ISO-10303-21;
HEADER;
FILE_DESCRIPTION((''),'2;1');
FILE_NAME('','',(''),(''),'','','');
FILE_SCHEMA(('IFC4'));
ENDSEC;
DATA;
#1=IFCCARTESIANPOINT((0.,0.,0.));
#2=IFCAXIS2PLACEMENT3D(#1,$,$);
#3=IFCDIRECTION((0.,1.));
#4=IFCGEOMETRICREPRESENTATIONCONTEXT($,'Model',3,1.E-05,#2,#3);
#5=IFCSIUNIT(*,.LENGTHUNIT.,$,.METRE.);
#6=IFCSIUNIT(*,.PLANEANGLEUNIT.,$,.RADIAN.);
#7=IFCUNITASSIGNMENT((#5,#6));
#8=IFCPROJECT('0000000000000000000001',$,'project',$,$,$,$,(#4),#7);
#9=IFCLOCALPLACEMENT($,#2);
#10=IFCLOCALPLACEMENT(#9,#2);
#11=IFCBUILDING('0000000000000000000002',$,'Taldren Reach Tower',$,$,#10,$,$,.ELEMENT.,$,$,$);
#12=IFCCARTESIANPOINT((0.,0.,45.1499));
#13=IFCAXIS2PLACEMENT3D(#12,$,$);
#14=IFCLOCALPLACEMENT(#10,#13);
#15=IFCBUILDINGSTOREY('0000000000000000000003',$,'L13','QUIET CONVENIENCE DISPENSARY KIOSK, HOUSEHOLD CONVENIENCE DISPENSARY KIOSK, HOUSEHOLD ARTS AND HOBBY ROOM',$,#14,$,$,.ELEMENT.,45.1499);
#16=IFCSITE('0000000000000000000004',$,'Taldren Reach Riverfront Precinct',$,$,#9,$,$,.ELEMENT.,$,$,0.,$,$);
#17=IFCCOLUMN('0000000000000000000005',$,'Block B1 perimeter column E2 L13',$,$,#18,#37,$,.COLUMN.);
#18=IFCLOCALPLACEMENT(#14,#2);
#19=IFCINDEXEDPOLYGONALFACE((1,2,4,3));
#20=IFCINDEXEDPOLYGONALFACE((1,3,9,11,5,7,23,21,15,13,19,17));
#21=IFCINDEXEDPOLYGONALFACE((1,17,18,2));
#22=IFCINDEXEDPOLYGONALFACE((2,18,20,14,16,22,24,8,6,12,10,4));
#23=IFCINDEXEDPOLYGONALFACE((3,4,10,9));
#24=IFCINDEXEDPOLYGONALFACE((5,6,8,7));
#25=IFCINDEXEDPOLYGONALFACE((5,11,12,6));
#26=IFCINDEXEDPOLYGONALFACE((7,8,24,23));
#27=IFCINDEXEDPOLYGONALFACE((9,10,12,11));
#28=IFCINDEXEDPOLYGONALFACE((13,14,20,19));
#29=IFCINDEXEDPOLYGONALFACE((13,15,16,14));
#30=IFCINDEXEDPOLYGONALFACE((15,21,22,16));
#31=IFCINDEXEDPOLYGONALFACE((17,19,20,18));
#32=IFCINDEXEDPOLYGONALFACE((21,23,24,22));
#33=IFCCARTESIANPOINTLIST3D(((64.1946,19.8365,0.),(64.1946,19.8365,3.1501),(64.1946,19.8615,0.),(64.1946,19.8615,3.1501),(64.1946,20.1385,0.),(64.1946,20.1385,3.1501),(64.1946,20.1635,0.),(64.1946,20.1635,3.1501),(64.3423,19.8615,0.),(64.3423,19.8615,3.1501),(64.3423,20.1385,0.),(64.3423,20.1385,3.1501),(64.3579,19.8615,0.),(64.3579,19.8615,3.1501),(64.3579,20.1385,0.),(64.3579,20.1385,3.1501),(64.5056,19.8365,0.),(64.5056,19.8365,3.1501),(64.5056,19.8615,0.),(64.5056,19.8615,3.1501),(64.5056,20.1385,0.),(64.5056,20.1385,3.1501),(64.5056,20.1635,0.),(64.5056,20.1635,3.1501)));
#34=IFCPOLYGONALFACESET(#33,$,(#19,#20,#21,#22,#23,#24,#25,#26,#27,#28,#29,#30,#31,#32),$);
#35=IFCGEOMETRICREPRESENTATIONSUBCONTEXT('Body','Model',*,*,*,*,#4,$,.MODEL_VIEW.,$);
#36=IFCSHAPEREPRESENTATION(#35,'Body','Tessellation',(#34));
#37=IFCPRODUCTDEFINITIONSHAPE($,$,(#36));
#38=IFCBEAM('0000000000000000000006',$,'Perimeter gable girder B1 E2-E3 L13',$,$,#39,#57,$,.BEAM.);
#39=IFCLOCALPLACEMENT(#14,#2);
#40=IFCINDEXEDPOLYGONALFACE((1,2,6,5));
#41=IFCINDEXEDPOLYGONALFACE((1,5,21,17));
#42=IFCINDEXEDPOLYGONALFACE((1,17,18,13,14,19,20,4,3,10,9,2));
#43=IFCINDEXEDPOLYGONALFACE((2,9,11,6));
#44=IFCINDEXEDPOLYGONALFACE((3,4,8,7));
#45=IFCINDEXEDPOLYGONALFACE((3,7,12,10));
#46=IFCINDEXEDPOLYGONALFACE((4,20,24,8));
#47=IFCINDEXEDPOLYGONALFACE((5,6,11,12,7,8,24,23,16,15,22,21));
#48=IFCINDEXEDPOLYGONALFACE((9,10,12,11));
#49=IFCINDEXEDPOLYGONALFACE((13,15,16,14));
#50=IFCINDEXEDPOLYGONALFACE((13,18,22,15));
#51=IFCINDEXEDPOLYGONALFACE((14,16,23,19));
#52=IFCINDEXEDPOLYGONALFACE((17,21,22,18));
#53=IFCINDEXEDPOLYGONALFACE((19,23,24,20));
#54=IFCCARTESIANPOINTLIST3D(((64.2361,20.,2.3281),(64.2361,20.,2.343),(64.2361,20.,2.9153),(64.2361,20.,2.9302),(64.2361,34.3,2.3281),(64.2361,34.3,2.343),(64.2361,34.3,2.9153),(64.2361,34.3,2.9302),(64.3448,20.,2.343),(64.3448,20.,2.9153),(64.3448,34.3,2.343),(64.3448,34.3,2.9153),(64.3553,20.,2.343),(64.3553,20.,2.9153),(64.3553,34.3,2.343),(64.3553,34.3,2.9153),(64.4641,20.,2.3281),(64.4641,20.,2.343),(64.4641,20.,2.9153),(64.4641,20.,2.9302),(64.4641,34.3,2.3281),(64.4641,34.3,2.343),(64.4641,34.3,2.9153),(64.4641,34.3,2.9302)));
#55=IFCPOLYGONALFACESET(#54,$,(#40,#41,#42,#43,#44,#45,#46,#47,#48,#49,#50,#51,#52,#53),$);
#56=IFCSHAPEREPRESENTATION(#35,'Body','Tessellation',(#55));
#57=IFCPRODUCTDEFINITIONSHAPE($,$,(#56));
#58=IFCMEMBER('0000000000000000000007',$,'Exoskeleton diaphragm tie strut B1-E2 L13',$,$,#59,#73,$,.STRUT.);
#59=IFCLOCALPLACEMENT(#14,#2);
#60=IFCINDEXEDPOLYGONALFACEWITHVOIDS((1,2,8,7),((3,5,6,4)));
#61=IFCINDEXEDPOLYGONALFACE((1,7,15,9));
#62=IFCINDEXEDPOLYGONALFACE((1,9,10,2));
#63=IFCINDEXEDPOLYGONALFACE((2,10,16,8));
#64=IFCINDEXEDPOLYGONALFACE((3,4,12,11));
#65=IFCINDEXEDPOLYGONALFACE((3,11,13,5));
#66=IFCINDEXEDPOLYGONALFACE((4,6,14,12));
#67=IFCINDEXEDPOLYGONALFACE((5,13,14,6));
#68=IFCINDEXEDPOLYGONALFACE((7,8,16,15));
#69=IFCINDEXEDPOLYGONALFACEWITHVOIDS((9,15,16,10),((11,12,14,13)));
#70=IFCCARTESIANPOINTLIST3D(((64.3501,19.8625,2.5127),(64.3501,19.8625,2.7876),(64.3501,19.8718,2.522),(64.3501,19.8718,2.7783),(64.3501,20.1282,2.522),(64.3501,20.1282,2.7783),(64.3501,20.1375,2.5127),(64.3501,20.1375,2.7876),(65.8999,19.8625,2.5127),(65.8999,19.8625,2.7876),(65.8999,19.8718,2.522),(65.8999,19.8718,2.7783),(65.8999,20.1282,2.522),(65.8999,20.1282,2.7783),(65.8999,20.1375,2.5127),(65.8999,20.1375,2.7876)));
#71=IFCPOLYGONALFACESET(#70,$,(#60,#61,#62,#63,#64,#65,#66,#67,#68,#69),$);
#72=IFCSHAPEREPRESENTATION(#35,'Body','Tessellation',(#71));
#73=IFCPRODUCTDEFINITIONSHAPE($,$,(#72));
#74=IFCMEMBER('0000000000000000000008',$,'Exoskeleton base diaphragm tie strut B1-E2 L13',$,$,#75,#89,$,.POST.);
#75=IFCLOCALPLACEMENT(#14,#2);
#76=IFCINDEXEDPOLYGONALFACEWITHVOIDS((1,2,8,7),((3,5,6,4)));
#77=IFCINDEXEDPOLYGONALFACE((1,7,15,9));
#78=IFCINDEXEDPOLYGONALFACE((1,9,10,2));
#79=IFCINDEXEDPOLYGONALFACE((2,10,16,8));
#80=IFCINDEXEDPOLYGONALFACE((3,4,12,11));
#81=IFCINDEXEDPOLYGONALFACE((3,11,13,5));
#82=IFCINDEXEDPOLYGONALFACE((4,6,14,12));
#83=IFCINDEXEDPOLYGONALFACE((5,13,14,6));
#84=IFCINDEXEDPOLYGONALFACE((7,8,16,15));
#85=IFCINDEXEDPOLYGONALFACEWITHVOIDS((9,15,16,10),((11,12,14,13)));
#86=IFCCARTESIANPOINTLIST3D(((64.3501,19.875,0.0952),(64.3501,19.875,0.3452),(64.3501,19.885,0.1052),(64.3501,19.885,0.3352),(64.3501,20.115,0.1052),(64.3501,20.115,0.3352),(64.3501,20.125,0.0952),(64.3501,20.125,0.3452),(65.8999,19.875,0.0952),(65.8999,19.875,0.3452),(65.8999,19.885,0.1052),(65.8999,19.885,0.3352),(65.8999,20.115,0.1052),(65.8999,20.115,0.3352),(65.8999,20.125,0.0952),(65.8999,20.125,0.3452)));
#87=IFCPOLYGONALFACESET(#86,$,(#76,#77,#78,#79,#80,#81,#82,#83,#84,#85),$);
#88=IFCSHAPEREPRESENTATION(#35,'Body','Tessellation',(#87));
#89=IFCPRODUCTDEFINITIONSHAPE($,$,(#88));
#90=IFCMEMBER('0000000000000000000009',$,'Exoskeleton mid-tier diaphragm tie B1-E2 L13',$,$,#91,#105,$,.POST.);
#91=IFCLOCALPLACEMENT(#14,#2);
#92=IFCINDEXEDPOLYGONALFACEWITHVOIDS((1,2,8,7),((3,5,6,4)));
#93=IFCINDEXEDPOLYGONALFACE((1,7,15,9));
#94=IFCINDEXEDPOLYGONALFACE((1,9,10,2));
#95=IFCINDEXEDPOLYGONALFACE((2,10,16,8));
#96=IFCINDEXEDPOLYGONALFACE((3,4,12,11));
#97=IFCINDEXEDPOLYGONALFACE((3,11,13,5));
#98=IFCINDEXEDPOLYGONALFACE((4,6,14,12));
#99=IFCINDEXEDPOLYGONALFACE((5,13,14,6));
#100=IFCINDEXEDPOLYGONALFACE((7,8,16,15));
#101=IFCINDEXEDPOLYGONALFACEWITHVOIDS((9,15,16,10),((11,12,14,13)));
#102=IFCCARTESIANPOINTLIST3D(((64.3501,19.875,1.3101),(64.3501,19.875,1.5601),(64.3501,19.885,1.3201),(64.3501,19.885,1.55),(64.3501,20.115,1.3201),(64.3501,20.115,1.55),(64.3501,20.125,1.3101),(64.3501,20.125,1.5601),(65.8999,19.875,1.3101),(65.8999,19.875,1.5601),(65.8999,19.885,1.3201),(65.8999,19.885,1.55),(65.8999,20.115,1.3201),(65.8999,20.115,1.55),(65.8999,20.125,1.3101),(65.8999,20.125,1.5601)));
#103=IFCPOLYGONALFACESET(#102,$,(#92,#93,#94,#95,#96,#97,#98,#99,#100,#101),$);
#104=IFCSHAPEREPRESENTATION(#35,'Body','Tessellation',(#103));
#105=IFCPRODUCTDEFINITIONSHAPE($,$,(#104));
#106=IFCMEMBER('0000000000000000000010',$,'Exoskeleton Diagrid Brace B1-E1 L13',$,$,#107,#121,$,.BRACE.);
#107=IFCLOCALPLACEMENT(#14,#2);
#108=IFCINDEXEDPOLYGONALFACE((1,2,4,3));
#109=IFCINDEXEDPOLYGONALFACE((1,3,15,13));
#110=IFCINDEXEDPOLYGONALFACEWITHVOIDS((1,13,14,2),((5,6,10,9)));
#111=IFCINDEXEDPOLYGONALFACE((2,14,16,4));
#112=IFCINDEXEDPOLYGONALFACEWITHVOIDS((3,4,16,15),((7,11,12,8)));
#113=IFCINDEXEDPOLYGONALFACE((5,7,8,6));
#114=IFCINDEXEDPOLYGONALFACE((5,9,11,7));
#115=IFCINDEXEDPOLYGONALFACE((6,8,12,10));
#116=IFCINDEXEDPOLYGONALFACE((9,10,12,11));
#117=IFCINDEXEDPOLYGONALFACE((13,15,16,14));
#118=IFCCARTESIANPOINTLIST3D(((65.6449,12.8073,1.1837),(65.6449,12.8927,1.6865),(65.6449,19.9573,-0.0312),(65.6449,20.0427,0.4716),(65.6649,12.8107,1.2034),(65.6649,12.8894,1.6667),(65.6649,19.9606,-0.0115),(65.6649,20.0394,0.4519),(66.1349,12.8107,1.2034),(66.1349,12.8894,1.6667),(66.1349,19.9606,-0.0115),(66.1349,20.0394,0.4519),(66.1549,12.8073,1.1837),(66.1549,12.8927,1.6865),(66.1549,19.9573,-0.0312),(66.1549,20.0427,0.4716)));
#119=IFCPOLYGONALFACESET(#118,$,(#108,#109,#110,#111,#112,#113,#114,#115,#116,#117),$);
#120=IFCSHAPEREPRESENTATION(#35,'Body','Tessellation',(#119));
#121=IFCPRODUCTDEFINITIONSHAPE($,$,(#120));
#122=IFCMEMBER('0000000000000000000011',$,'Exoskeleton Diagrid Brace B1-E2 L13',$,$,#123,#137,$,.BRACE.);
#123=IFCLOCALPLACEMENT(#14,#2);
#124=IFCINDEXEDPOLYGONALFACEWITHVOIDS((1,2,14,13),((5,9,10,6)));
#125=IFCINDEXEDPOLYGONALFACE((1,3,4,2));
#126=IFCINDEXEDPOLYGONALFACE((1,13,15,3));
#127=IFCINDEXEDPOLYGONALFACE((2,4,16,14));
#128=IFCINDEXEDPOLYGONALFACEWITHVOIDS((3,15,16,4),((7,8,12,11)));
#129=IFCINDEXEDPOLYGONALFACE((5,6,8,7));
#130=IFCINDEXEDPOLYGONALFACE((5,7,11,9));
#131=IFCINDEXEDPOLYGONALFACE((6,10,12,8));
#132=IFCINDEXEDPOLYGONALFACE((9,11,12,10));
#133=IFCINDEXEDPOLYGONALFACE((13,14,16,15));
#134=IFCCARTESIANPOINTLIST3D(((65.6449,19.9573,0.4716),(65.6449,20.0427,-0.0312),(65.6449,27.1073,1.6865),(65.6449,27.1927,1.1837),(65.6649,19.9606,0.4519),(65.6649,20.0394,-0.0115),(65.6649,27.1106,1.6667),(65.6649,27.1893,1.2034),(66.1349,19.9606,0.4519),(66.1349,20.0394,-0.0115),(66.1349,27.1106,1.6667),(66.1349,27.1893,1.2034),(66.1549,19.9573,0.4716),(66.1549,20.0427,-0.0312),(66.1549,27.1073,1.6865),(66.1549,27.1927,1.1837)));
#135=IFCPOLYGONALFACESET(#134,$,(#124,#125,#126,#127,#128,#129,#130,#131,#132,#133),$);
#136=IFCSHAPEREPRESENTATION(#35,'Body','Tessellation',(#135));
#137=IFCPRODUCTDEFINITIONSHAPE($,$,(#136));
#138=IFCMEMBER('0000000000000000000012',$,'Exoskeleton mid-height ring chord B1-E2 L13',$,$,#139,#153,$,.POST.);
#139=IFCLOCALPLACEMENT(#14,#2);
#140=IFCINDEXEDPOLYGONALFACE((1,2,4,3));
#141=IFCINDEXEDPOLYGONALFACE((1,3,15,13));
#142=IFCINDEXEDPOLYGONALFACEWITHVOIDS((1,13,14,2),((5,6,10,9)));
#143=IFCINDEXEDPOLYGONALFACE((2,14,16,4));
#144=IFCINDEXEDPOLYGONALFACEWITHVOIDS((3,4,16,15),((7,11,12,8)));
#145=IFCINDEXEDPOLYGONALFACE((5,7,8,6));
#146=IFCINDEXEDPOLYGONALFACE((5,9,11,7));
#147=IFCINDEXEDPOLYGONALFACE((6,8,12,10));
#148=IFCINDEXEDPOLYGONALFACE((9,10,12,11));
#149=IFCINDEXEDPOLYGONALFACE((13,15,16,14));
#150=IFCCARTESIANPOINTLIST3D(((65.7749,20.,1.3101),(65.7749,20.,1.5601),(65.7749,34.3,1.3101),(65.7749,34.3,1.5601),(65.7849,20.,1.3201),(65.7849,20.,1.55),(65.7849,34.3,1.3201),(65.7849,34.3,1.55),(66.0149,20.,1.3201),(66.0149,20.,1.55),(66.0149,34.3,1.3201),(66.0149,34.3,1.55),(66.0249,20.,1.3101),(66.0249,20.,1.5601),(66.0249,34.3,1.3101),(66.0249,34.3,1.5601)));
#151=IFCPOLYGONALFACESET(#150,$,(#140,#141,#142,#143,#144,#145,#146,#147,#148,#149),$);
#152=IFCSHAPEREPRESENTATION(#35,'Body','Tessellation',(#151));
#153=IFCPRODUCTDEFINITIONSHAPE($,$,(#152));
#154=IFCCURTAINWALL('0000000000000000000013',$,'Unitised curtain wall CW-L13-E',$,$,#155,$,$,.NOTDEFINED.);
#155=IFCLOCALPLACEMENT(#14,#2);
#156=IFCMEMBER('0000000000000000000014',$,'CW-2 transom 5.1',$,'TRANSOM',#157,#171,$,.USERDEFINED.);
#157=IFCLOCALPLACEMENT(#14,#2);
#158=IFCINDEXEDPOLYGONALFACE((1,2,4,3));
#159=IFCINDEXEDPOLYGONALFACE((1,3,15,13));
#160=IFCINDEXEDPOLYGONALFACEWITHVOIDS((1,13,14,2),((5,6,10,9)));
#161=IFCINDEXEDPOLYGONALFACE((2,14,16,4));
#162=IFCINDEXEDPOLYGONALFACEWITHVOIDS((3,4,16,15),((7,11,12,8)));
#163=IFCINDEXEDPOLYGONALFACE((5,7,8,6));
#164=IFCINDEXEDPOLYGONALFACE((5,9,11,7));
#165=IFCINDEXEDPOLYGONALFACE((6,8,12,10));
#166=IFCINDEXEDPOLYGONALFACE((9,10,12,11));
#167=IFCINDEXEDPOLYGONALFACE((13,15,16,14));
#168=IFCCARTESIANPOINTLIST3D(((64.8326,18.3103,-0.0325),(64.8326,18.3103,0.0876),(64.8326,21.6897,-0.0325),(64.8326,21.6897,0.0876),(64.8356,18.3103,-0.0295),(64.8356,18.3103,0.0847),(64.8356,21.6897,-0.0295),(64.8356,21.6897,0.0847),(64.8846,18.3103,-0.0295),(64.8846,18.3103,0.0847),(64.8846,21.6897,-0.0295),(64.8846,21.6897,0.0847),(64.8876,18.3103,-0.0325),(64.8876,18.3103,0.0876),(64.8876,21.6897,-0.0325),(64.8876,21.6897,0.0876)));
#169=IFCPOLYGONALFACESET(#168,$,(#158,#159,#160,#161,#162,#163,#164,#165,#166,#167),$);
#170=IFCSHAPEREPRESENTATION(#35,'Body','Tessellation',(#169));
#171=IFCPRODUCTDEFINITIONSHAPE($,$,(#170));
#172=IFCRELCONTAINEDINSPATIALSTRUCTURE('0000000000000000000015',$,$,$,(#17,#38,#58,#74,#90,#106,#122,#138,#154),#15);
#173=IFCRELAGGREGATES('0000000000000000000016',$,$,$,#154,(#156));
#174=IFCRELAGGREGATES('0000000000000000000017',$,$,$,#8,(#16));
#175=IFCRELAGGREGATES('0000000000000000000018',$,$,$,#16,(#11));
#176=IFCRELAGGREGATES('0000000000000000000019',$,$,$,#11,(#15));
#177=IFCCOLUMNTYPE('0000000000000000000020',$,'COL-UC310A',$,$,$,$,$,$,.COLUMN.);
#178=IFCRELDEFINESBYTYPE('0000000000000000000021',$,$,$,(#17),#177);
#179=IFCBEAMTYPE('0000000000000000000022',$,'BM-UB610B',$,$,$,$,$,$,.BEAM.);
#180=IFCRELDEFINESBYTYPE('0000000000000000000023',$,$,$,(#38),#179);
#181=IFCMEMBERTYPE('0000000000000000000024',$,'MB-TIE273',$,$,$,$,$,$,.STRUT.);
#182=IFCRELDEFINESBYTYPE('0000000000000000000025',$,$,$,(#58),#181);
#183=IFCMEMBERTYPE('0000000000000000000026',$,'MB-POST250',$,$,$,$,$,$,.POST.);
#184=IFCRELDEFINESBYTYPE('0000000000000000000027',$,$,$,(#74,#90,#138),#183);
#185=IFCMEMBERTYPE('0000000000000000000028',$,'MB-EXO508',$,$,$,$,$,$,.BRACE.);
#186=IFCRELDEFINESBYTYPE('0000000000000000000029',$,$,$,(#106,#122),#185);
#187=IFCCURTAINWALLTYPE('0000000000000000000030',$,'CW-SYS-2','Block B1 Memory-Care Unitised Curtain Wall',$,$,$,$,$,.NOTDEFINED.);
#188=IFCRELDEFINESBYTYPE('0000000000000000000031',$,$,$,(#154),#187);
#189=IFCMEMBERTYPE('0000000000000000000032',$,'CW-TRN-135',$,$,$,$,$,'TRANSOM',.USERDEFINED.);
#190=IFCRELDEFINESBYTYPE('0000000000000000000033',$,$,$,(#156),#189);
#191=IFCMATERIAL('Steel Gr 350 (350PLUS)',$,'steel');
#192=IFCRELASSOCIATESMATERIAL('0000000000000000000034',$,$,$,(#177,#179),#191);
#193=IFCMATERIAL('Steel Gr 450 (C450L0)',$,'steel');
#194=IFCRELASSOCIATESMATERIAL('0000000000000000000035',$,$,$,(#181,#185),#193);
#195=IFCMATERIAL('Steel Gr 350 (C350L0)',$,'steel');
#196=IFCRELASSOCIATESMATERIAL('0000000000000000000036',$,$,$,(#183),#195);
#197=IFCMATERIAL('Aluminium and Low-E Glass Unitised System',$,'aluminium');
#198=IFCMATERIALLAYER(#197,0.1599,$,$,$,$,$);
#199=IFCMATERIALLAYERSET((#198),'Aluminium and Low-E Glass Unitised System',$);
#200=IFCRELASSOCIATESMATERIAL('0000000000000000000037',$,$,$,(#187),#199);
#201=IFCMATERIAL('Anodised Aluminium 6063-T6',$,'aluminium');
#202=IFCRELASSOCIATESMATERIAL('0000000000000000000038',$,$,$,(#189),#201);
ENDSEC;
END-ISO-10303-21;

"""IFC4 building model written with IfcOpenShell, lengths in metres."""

from ifc_helpers import new_model, si_unit, direction, frame, origin, origin_2d, place, context, subcontext, project, spatial, hollow_rectangle, i_section, extrude, source, transform, mapped, material, layer, layer_set, material_profile, profile_set, type_object, element, aggregate, save


model = new_model("IFC4")

# Units and contexts
model_context = context("Model", 3, precision=1e-05, world=origin(), true_north=direction((0.0, 1.0)))
body_context = subcontext(model_context, "Body", "Model", "MODEL_VIEW")
ifc_project = project(units=[si_unit("LENGTHUNIT", "METRE"), si_unit("PLANEANGLEUNIT", "RADIAN")], contexts=[model_context])

# Site, building, storey
site_placement = place(None, origin())
site = spatial("IfcSite", under=ifc_project, at=site_placement, Name="Taldren Reach Riverfront Precinct", CompositionType="ELEMENT", RefElevation=0.0)
building_placement = place(site_placement, origin())
building = spatial("IfcBuilding", under=site, at=building_placement, Name="Taldren Reach Tower", CompositionType="ELEMENT")
storey_placement = place(building_placement, frame((0.0, 0.0, 45.1499)))
storey = spatial("IfcBuildingStorey", under=building, at=storey_placement, Name="L13", Description="QUIET CONVENIENCE DISPENSARY KIOSK, HOUSEHOLD CONVENIENCE DISPENSARY KIOSK, HOUSEHOLD ARTS AND HOBBY ROOM", CompositionType="ELEMENT", Elevation=45.1499)

# Column
ifc_material_1 = material(Name="Steel Gr 350 (350PLUS)", Category="steel")
ifc_material_profile_1 = material_profile(ifc_material_1, i_section(OverallWidth=0.311, OverallDepth=0.3269, WebThickness=0.0156, FlangeThickness=0.0249, at=origin_2d()), Name="310UC158")
ifc_profile_set_1 = profile_set([ifc_material_profile_1], Name="Steel Gr 350 (350PLUS)")
column_type = type_object("IfcColumnType", Name="COL-UC310A", PredefinedType="COLUMN", material=ifc_profile_set_1)
shared_shape_1 = source(origin(), body_context, "Body", "SweptSolid", [
    extrude(i_section(OverallWidth=0.311, OverallDepth=0.3269, WebThickness=0.0156, FlangeThickness=0.0249, at=origin_2d()), origin(), (0.0, 0.0, 1.0), 3.1501),
])
column_placement = place(storey_placement, frame((64.3501, 20.0, 0.0), z_axis=(0.0, 0.0, 1.0), x_axis=(1.0, 0.0, 0.0)))
element("IfcColumn", 1, at=column_placement, inside=storey, type_object=column_type, Name="Block B1 perimeter column E2 L13", PredefinedType="COLUMN", context=body_context, shape_type="MappedRepresentation", body=[
    mapped(shared_shape_1, transform((0.0, 0.0, 0.0), scale=1.0)),
])

# Beam
ifc_material_profile_2 = material_profile(ifc_material_1, i_section(OverallWidth=0.228, OverallDepth=0.6021, WebThickness=0.0105, FlangeThickness=0.0149, at=origin_2d()), Name="610UB101")
ifc_profile_set_2 = profile_set([ifc_material_profile_2], Name="Steel Gr 350 (350PLUS)")
beam_type = type_object("IfcBeamType", Name="BM-UB610B", PredefinedType="BEAM", material=ifc_profile_set_2)
shared_shape_2 = source(origin(), body_context, "Body", "SweptSolid", [
    extrude(i_section(OverallWidth=0.228, OverallDepth=0.6021, WebThickness=0.0105, FlangeThickness=0.0149, at=origin_2d()), origin(), (0.0, 0.0, 1.0), 14.3),
])
beam_placement = place(storey_placement, frame((64.3501, 20.0, 2.6292), z_axis=(0.0, 1.0, 0.0), x_axis=(-1.0, 0.0, 0.0)))
element("IfcBeam", 2, at=beam_placement, inside=storey, type_object=beam_type, Name="Perimeter gable girder B1 E2-E3 L13", PredefinedType="BEAM", context=body_context, shape_type="MappedRepresentation", body=[
    mapped(shared_shape_2, transform((0.0, 0.0, 0.0), scale=1.0)),
])

# Members
ifc_material_2 = material(Name="Steel Gr 450 (C450L0)", Category="steel")
ifc_material_profile_3 = material_profile(ifc_material_2, hollow_rectangle(XDim=0.2749, YDim=0.2749, WallThickness=0.0093, at=origin_2d()), Name="275x275x9.3SHS")
ifc_profile_set_3 = profile_set([ifc_material_profile_3], Name="Steel Gr 450 (C450L0)")
member_type_1 = type_object("IfcMemberType", Name="MB-TIE273", PredefinedType="STRUT", material=ifc_profile_set_3)
shared_shape_3 = source(origin(), body_context, "Body", "SweptSolid", [
    extrude(hollow_rectangle(XDim=0.2749, YDim=0.2749, WallThickness=0.0093, at=origin_2d()), origin(), (0.0, 0.0, 1.0), 1.5498),
])
member_1_placement = place(storey_placement, frame((64.3501, 20.0, 2.6501), z_axis=(1.0, 0.0, 0.0), x_axis=(0.0, 1.0, 0.0)))
element("IfcMember", 3, at=member_1_placement, inside=storey, type_object=member_type_1, Name="Exoskeleton diaphragm tie strut B1-E2 L13", PredefinedType="STRUT", context=body_context, shape_type="MappedRepresentation", body=[
    mapped(shared_shape_3, transform((0.0, 0.0, 0.0), scale=1.0)),
])
ifc_material_3 = material(Name="Steel Gr 350 (C350L0)", Category="steel")
ifc_material_profile_4 = material_profile(ifc_material_3, hollow_rectangle(XDim=0.25, YDim=0.25, WallThickness=0.01, at=origin_2d()), Name="250x250x10.0SHS")
ifc_profile_set_4 = profile_set([ifc_material_profile_4], Name="Steel Gr 350 (C350L0)")
member_type_2 = type_object("IfcMemberType", Name="MB-POST250", PredefinedType="POST", material=ifc_profile_set_4)
shared_shape_4 = source(origin(), body_context, "Body", "SweptSolid", [
    extrude(hollow_rectangle(XDim=0.25, YDim=0.25, WallThickness=0.01, at=origin_2d()), origin(), (0.0, 0.0, 1.0), 1.5498),
])
for number, where, z_axis, x_axis, name in (
    (4, (64.3501, 20.0, 0.2202), (1.0, 0.0, 0.0), (0.0, 1.0, 0.0), "Exoskeleton base diaphragm tie strut B1-E2 L13"),
    (5, (64.3501, 20.0, 1.4351), (1.0, 0.0, 0.0), (0.0, 1.0, 0.0), "Exoskeleton mid-tier diaphragm tie B1-E2 L13"),
):
    element("IfcMember", number, at=place(storey_placement, frame(where, z_axis=z_axis, x_axis=x_axis)), inside=storey, type_object=member_type_2, Name=name, PredefinedType="POST", context=body_context, shape_type="MappedRepresentation", body=[
        mapped(shared_shape_4, transform((0.0, 0.0, 0.0), scale=1.0)),
    ])
ifc_material_profile_5 = material_profile(ifc_material_2, hollow_rectangle(XDim=0.51, YDim=0.51, WallThickness=0.02, at=origin_2d()), Name="510x510x20.0SHS")
ifc_profile_set_5 = profile_set([ifc_material_profile_5], Name="Steel Gr 450 (C450L0)")
member_type_3 = type_object("IfcMemberType", Name="MB-EXO508", PredefinedType="BRACE", material=ifc_profile_set_5)
shared_shape_5 = source(origin(), body_context, "Body", "SweptSolid", [
    extrude(hollow_rectangle(XDim=0.51, YDim=0.51, WallThickness=0.02, at=origin_2d()), origin(), (0.0, 0.0, 1.0), 7.2524),
])
for number, where, z_axis, x_axis, name in (
    (6, (65.8999, 20.0, 0.2202), (0.0, -0.98587, 0.16751), (1.0, 0.0, 0.0), "Exoskeleton Diagrid Brace B1-E1 L13"),
    (7, (65.8999, 20.0, 0.2202), (0.0, 0.98587, 0.16751), (-1.0, 0.0, 0.0), "Exoskeleton Diagrid Brace B1-E2 L13"),
):
    element("IfcMember", number, at=place(storey_placement, frame(where, z_axis=z_axis, x_axis=x_axis)), inside=storey, type_object=member_type_3, Name=name, PredefinedType="BRACE", context=body_context, shape_type="MappedRepresentation", body=[
        mapped(shared_shape_5, transform((0.0, 0.0, 0.0), scale=1.0)),
    ])
shared_shape_6 = source(origin(), body_context, "Body", "SweptSolid", [
    extrude(hollow_rectangle(XDim=0.25, YDim=0.25, WallThickness=0.01, at=origin_2d()), origin(), (0.0, 0.0, 1.0), 14.3),
])
member_2_placement = place(storey_placement, frame((65.8999, 20.0, 1.4351), z_axis=(0.0, 1.0, 0.0), x_axis=(-1.0, 0.0, 0.0)))
element("IfcMember", 8, at=member_2_placement, inside=storey, type_object=member_type_2, Name="Exoskeleton mid-height ring chord B1-E2 L13", PredefinedType="POST", context=body_context, shape_type="MappedRepresentation", body=[
    mapped(shared_shape_6, transform((0.0, 0.0, 0.0), scale=1.0)),
])

# Curtain wall, member
ifc_material_4 = material(Name="Aluminium and Low-E Glass Unitised System", Category="aluminium")
ifc_layer_1 = layer(ifc_material_4, 0.1599)
ifc_layer_set_1 = layer_set([ifc_layer_1], Name="Aluminium and Low-E Glass Unitised System")
curtain_wall_type = type_object("IfcCurtainWallType", Name="CW-SYS-2", Description="Block B1 Memory-Care Unitised Curtain Wall", PredefinedType="NOTDEFINED", material=ifc_layer_set_1)
curtain_wall_placement = place(storey_placement, origin())
curtain_wall = element("IfcCurtainWall", 9, at=curtain_wall_placement, inside=storey, type_object=curtain_wall_type, Name="Unitised curtain wall CW-L13-E", PredefinedType="NOTDEFINED")
ifc_material_5 = material(Name="Anodised Aluminium 6063-T6", Category="aluminium")
ifc_material_profile_6 = material_profile(ifc_material_5, hollow_rectangle(XDim=0.0549, YDim=0.1201, WallThickness=0.0029, at=origin_2d()), Name="ALU-120x55x3RHS")
ifc_profile_set_6 = profile_set([ifc_material_profile_6], Name="Anodised Aluminium 6063-T6")
member_type_4 = type_object("IfcMemberType", Name="CW-TRN-135", ElementType="TRANSOM", PredefinedType="USERDEFINED", material=ifc_profile_set_6)
shared_shape_7 = source(origin(), body_context, "Body", "SweptSolid", [
    extrude(hollow_rectangle(XDim=0.0549, YDim=0.1201, WallThickness=0.0029, at=origin_2d()), origin(), (0.0, 0.0, 1.0), 3.3794),
])
member_3_placement = place(storey_placement, frame((64.8601, 18.3103, 0.0276), z_axis=(0.0, 1.0, 0.0), x_axis=(-1.0, 0.0, 0.0)))
member_3 = element("IfcMember", 10, at=member_3_placement, type_object=member_type_4, Name="CW-2 transom 5.1", ObjectType="TRANSOM", PredefinedType="USERDEFINED", context=body_context, shape_type="MappedRepresentation", body=[
    mapped(shared_shape_7, transform((0.0, 0.0, 0.0), scale=1.0)),
])

aggregate(curtain_wall, [member_3])

save(model, "model.ifc")
